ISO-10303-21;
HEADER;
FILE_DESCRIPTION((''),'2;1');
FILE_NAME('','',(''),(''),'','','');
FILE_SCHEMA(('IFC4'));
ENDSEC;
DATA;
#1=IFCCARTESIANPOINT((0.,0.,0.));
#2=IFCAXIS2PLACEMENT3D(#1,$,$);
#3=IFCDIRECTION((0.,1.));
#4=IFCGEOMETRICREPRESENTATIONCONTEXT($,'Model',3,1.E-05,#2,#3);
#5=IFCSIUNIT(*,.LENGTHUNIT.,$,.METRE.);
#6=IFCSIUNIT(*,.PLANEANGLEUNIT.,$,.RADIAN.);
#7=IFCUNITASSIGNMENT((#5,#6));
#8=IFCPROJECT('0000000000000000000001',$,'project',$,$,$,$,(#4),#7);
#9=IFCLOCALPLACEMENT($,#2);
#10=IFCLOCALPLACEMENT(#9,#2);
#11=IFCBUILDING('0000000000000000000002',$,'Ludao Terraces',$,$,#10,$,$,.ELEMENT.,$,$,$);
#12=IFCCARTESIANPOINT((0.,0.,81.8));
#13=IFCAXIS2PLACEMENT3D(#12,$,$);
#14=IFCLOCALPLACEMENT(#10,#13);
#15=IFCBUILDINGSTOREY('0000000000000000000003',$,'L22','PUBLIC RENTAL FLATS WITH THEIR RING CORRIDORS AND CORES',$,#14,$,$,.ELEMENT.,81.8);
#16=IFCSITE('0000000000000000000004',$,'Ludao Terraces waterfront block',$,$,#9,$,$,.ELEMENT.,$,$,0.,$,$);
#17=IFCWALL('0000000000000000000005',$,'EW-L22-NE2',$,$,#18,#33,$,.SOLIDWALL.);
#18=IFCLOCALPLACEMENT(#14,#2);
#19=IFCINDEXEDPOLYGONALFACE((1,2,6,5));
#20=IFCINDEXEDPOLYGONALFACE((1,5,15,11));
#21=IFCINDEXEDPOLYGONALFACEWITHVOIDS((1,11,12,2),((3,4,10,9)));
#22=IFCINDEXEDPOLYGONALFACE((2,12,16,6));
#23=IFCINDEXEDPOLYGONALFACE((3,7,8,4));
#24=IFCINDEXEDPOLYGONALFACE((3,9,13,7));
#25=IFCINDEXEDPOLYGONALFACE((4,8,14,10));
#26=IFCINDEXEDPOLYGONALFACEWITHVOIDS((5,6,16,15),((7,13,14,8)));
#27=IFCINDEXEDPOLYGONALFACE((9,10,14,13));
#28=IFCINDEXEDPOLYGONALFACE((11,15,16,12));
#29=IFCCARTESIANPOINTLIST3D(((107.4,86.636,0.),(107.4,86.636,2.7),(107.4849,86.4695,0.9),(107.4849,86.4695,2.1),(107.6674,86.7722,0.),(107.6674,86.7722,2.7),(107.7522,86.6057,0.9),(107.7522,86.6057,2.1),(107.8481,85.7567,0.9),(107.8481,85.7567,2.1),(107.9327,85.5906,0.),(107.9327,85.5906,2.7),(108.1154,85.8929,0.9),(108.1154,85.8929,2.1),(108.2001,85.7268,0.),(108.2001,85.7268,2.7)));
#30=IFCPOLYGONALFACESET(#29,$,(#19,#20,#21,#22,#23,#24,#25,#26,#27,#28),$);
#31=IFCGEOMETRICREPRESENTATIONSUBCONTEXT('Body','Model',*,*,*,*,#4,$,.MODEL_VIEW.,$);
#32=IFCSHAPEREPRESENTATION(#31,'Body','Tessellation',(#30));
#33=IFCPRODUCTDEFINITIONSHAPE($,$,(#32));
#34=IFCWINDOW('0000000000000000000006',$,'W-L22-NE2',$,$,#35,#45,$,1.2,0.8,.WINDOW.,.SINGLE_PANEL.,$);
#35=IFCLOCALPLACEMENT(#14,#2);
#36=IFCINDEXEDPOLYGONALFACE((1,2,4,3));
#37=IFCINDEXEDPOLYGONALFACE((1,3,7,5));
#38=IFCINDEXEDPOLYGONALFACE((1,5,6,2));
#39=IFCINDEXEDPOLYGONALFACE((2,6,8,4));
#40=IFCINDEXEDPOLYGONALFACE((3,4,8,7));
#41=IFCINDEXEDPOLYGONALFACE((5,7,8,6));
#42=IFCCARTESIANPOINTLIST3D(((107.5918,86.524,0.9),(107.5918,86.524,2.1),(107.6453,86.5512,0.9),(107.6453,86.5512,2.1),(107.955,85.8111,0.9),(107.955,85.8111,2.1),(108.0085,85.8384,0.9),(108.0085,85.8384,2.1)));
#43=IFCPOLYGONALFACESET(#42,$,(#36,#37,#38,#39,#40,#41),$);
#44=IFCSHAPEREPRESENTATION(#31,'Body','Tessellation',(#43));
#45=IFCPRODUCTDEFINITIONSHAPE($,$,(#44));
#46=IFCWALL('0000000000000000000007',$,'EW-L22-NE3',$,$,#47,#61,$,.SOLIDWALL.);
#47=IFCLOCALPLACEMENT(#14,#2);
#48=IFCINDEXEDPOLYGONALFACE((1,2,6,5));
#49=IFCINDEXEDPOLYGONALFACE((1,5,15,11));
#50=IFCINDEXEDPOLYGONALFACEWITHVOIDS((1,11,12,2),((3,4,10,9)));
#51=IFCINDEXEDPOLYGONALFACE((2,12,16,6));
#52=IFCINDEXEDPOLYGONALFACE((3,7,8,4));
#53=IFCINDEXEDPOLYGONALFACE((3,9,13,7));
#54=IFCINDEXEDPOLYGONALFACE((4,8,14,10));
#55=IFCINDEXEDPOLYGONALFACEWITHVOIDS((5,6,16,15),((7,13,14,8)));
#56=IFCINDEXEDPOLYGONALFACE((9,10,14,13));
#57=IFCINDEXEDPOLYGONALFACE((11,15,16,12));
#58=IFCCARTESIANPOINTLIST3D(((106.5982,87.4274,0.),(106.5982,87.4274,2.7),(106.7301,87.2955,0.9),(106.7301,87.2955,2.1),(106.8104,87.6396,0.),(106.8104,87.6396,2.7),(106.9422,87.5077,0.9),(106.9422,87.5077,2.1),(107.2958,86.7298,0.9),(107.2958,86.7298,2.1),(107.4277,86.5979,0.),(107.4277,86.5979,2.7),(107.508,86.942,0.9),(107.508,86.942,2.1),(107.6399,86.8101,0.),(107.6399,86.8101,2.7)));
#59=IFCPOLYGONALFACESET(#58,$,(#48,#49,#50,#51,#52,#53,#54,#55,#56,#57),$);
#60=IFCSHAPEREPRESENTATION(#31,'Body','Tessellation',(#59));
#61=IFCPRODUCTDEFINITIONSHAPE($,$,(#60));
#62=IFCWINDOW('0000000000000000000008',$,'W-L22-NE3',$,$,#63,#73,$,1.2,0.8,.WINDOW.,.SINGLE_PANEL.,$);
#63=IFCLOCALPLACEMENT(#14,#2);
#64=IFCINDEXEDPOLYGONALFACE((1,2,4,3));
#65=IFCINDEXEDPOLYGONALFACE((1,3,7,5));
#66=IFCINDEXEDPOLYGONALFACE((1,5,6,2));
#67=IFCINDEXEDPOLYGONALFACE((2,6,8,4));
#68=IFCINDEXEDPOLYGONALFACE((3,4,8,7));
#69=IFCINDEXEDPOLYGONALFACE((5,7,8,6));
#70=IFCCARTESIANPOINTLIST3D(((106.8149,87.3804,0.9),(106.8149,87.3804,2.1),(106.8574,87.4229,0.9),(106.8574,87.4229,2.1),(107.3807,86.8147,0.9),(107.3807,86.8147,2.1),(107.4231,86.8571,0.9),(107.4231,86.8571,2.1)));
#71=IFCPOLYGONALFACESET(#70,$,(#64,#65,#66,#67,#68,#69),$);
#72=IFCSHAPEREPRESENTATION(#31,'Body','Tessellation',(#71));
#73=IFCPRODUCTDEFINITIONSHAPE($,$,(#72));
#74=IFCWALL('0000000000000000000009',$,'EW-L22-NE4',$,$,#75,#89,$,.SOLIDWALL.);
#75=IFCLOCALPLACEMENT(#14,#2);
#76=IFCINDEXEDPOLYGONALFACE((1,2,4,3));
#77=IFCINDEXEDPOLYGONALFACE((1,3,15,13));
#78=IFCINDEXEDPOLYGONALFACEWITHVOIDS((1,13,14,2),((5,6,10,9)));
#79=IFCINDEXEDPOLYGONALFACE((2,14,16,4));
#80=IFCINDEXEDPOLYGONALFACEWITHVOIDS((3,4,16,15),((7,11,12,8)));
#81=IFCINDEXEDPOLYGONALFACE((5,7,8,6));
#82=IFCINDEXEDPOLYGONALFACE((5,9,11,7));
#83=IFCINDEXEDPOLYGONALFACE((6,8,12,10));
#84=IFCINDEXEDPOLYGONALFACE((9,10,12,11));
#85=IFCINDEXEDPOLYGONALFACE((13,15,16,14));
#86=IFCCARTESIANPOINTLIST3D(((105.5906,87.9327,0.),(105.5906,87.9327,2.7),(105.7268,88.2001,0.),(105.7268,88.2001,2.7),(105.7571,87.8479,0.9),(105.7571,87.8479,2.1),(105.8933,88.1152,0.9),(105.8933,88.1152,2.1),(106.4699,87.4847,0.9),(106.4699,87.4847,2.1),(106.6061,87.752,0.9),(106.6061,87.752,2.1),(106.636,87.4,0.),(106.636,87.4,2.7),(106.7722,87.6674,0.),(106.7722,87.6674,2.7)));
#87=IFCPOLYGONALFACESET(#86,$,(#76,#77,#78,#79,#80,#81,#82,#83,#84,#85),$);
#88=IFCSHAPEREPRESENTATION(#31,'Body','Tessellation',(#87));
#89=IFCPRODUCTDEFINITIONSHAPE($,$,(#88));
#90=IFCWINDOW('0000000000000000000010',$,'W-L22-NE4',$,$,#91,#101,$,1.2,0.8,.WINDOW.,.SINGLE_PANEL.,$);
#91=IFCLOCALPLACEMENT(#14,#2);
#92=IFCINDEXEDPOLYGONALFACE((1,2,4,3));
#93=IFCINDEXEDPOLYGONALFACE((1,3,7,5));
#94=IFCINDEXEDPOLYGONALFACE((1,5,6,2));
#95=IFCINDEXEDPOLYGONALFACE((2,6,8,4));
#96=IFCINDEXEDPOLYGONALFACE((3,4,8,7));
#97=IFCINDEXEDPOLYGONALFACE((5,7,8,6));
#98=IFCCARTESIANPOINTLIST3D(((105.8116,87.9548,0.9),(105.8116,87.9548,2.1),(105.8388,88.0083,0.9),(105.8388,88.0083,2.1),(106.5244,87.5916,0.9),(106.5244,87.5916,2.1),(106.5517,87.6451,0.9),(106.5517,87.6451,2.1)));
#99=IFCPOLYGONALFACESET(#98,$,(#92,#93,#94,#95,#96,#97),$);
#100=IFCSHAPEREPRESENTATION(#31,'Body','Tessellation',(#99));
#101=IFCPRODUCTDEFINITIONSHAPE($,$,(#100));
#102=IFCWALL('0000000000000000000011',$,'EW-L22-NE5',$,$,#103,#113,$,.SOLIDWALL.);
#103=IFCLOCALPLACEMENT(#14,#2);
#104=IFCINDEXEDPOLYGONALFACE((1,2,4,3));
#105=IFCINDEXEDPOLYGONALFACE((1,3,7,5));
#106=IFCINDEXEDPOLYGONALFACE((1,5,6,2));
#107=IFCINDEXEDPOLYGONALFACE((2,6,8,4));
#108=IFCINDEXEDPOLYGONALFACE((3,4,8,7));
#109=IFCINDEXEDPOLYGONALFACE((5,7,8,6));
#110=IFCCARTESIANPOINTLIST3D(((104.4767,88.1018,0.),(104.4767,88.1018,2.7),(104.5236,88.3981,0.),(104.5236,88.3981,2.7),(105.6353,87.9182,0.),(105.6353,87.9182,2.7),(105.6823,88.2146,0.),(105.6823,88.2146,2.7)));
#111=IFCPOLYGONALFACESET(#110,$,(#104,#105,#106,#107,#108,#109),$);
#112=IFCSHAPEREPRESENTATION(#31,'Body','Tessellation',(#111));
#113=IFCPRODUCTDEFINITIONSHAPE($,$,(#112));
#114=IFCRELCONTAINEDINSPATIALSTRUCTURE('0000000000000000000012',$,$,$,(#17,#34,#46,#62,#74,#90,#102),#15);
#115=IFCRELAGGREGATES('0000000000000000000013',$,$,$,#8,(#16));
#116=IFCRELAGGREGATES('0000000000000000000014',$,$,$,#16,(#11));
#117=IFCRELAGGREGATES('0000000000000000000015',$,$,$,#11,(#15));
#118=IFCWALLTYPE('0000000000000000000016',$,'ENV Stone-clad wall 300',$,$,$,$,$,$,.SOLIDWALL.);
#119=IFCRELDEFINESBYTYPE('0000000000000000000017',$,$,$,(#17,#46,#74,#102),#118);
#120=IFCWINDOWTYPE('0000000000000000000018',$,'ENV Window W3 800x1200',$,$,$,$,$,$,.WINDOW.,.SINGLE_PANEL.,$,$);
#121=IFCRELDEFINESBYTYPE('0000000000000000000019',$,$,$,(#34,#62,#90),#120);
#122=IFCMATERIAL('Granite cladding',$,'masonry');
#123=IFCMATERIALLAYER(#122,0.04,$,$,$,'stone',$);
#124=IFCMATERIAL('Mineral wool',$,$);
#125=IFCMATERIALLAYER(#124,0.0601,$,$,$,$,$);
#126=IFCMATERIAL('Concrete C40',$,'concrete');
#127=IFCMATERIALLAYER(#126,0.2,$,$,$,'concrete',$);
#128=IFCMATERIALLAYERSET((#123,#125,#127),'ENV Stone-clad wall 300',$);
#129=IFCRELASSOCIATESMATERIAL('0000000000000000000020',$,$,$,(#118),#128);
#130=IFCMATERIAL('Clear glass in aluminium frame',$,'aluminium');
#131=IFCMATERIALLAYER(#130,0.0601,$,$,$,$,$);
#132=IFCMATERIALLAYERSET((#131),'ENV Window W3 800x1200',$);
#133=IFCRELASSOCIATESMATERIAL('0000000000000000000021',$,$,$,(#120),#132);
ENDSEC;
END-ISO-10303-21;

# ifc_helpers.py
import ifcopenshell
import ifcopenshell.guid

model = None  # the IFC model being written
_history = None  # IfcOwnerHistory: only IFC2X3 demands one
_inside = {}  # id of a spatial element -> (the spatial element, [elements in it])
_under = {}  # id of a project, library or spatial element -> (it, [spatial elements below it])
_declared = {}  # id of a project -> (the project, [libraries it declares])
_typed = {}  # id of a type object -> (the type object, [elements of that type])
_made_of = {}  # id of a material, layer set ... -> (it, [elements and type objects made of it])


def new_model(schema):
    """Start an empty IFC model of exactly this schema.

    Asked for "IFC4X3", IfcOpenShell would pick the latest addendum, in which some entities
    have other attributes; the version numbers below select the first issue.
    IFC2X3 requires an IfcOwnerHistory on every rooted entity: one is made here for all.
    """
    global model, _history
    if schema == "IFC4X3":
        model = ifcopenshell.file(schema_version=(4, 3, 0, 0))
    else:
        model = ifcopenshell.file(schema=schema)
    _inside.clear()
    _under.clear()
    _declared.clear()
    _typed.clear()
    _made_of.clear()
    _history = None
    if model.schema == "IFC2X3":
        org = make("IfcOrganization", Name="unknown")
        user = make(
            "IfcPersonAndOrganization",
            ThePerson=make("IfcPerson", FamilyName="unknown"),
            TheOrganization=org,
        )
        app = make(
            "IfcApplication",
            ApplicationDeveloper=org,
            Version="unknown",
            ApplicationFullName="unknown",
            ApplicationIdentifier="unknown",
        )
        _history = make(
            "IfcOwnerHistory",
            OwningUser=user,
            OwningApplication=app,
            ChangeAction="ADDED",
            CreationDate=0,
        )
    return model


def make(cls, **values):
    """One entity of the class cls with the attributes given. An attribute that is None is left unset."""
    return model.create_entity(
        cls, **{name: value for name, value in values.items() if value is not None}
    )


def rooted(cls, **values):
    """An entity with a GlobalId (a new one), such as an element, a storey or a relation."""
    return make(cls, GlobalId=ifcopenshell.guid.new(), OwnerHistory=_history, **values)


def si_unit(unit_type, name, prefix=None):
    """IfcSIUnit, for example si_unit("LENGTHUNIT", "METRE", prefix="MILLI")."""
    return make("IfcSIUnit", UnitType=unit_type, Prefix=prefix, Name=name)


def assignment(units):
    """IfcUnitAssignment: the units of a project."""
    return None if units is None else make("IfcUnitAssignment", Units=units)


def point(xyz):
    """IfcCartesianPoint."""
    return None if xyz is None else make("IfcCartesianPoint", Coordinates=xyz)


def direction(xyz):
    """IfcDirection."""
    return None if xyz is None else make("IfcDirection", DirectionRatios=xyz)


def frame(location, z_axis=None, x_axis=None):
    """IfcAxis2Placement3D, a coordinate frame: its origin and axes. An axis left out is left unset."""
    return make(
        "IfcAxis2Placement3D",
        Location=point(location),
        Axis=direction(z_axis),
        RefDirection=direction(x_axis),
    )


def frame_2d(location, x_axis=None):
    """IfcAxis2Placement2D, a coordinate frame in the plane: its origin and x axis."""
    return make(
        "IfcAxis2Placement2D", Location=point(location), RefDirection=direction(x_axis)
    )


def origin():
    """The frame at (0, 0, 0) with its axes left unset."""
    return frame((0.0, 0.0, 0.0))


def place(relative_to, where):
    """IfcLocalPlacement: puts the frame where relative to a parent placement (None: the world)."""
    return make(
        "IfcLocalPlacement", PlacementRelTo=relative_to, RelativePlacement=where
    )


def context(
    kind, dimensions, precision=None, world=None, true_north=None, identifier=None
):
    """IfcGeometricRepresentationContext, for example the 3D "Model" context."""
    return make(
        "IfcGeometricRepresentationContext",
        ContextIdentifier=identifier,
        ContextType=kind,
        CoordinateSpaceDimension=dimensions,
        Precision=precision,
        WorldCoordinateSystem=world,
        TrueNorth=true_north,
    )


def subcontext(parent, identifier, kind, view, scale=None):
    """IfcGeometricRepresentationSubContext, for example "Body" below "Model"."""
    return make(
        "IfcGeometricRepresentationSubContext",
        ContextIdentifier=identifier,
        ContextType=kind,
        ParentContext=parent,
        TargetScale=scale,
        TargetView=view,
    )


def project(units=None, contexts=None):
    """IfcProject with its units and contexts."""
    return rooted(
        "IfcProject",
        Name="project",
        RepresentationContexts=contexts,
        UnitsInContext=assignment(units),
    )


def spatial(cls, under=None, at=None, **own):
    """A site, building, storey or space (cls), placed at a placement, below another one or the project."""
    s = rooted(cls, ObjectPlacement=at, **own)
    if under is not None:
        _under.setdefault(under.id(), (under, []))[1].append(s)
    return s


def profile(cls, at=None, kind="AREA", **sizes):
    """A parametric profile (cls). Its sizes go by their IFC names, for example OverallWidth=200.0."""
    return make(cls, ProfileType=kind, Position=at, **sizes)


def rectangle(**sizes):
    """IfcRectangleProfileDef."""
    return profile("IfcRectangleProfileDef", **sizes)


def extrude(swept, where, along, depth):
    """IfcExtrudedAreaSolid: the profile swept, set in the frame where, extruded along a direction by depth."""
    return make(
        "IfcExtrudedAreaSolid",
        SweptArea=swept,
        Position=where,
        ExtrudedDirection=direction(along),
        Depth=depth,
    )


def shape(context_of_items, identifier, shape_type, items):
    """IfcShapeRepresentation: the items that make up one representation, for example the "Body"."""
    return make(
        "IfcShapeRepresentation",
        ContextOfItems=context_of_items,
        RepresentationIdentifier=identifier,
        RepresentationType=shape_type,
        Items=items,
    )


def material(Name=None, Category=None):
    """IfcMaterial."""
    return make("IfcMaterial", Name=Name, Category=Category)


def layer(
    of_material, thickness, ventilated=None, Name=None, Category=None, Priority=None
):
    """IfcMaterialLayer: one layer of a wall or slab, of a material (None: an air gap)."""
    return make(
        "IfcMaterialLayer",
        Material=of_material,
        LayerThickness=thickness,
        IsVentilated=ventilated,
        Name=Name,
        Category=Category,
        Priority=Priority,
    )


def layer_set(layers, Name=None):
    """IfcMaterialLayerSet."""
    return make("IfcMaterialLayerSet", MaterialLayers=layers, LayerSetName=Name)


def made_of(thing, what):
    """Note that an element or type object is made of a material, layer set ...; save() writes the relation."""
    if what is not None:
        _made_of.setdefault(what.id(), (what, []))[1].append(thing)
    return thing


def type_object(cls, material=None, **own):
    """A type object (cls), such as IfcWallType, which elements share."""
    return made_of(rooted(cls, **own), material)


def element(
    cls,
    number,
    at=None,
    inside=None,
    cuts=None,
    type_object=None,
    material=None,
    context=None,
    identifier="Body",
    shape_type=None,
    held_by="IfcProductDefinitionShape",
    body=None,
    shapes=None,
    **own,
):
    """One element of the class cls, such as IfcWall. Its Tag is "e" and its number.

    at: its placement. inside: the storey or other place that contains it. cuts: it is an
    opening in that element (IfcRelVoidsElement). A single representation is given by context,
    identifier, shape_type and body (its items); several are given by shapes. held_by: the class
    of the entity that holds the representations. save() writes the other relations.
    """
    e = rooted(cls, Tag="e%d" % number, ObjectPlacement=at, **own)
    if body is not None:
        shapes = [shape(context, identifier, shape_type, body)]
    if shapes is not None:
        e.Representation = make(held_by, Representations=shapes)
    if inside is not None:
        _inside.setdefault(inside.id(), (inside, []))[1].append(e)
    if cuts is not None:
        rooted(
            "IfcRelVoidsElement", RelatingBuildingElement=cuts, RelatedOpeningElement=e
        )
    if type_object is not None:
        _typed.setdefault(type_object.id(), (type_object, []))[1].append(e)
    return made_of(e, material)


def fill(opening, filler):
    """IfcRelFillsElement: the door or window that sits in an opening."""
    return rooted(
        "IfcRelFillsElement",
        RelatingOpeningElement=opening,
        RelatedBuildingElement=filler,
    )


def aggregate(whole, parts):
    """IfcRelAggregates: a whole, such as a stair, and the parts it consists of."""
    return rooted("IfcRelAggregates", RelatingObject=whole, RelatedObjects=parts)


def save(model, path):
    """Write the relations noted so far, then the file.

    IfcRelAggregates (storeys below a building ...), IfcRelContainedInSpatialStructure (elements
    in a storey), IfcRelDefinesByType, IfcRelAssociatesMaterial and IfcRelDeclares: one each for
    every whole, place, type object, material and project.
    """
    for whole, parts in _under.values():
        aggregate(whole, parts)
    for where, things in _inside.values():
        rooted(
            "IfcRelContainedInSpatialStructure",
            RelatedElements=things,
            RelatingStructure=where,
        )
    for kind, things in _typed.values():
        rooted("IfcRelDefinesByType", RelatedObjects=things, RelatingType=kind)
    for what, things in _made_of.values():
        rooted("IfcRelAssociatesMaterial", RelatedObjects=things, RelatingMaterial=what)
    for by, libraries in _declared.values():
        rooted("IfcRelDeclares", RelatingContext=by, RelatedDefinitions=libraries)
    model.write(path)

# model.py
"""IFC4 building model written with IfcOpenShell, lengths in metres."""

from ifc_helpers import new_model, si_unit, direction, frame, frame_2d, origin, place, context, subcontext, project, spatial, rectangle, extrude, material, layer, layer_set, type_object, element, fill, save


model = new_model("IFC4")

# Units and contexts
model_context = context("Model", 3, precision=1e-05, world=origin(), true_north=direction((0.0, 1.0)))
body_context = subcontext(model_context, "Body", "Model", "MODEL_VIEW")
ifc_project = project(units=[si_unit("LENGTHUNIT", "METRE"), si_unit("PLANEANGLEUNIT", "RADIAN")], contexts=[model_context])

# Site, building, storey
site_placement = place(None, origin())
site = spatial("IfcSite", under=ifc_project, at=site_placement, Name="Ludao Terraces waterfront block", CompositionType="ELEMENT", RefElevation=0.0)
building_placement = place(site_placement, origin())
building = spatial("IfcBuilding", under=site, at=building_placement, Name="Ludao Terraces", CompositionType="ELEMENT")
storey_placement = place(building_placement, frame((0.0, 0.0, 81.8)))
storey = spatial("IfcBuildingStorey", under=building, at=storey_placement, Name="L22", Description="PUBLIC RENTAL FLATS WITH THEIR RING CORRIDORS AND CORES", CompositionType="ELEMENT", Elevation=81.8)

# Shared definitions
ifc_material_1 = material(Name="Concrete C40", Category="concrete")

# Shared definitions
ifc_material_2 = material(Name="Granite cladding", Category="masonry")
ifc_layer_1 = layer(ifc_material_2, 0.04, Category="stone")
ifc_material_3 = material(Name="Mineral wool")
ifc_layer_2 = layer(ifc_material_3, 0.0601)
ifc_layer_3 = layer(ifc_material_1, 0.2, Category="concrete")
ifc_layer_set_1 = layer_set([ifc_layer_1, ifc_layer_2, ifc_layer_3], Name="ENV Stone-clad wall 300")
wall_type_1 = type_object("IfcWallType", Name="ENV Stone-clad wall 300", PredefinedType="SOLIDWALL", material=ifc_layer_set_1)
ifc_material_4 = material(Name="Clear glass in aluminium frame", Category="aluminium")

# Walls, openings, windows
wall_1_placement = place(storey_placement, frame((108.0664, 85.6587, 0.0), z_axis=(0.0, 0.0, 1.0), x_axis=(-0.454026, 0.890989, 0.0)))
wall_1 = element("IfcWall", 1, at=wall_1_placement, inside=storey, type_object=wall_type_1, Name="EW-L22-NE2", PredefinedType="SOLIDWALL", context=body_context, shape_type="SweptSolid", body=[
    extrude(rectangle(XDim=1.1733, YDim=0.3, at=frame_2d((0.5867, 0.0))), origin(), (0.0, 0.0, 1.0), 2.7),
])
opening_1_placement = place(wall_1_placement, frame((0.1865, 0.0, 0.8999)))
opening_1 = element("IfcOpeningElement", 2, at=opening_1_placement, cuts=wall_1, PredefinedType="OPENING", context=body_context, shape_type="SweptSolid", body=[
    extrude(rectangle(XDim=0.8, YDim=1.2, at=frame_2d((0.3999, 0.6001))), frame((0.0, 0.1602, 0.0), z_axis=(0.0, -1.0, 0.0), x_axis=(1.0, 0.0, 0.0)), (0.0, 0.0, 1.0), 0.3201),
])
ifc_layer_4 = layer(ifc_material_4, 0.0601)
ifc_layer_set_2 = layer_set([ifc_layer_4], Name="ENV Window W3 800x1200")
window_type_1 = type_object("IfcWindowType", Name="ENV Window W3 800x1200", PartitioningType="SINGLE_PANEL", PredefinedType="WINDOW", material=ifc_layer_set_2)
window_1_placement = place(opening_1_placement, origin())
window_1 = element("IfcWindow", 3, at=window_1_placement, inside=storey, type_object=window_type_1, Name="W-L22-NE2", OverallHeight=1.2, OverallWidth=0.8, PartitioningType="SINGLE_PANEL", PredefinedType="WINDOW", context=body_context, shape_type="SweptSolid", body=[
    extrude(rectangle(XDim=0.8, YDim=1.2, at=frame_2d((0.3999, 0.6001))), frame((0.0, 0.03, 0.0), z_axis=(0.0, -1.0, 0.0), x_axis=(1.0, 0.0, 0.0)), (0.0, 0.0, 1.0), 0.0601),
])
fill(opening_1, window_1)
wall_2_placement = place(storey_placement, frame((107.5337, 86.7041, 0.0), z_axis=(0.0, 0.0, 1.0), x_axis=(-0.707107, 0.707107, 0.0)))
wall_2 = element("IfcWall", 4, at=wall_2_placement, inside=storey, type_object=wall_type_1, Name="EW-L22-NE3", PredefinedType="SOLIDWALL", context=body_context, shape_type="SweptSolid", body=[
    extrude(rectangle(XDim=1.1731, YDim=0.3, at=frame_2d((0.5864, 0.0))), origin(), (0.0, 0.0, 1.0), 2.7),
])
opening_2_placement = place(wall_2_placement, frame((0.1865, 0.0, 0.8999)))
opening_2 = element("IfcOpeningElement", 5, at=opening_2_placement, cuts=wall_2, PredefinedType="OPENING", context=body_context, shape_type="SweptSolid", body=[
    extrude(rectangle(XDim=0.8, YDim=1.2, at=frame_2d((0.3999, 0.6001))), frame((0.0, 0.1602, 0.0), z_axis=(0.0, -1.0, 0.0), x_axis=(1.0, 0.0, 0.0)), (0.0, 0.0, 1.0), 0.3201),
])
window_2_placement = place(opening_2_placement, origin())
window_2 = element("IfcWindow", 6, at=window_2_placement, inside=storey, type_object=window_type_1, Name="W-L22-NE3", OverallHeight=1.2, OverallWidth=0.8, PartitioningType="SINGLE_PANEL", PredefinedType="WINDOW", context=body_context, shape_type="SweptSolid", body=[
    extrude(rectangle(XDim=0.8, YDim=1.2, at=frame_2d((0.3999, 0.6001))), frame((0.0, 0.03, 0.0), z_axis=(0.0, -1.0, 0.0), x_axis=(1.0, 0.0, 0.0)), (0.0, 0.0, 1.0), 0.0601),
])
fill(opening_2, window_2)
wall_3_placement = place(storey_placement, frame((106.7041, 87.5337, 0.0), z_axis=(0.0, 0.0, 1.0), x_axis=(-0.890989, 0.454026, 0.0)))
wall_3 = element("IfcWall", 7, at=wall_3_placement, inside=storey, type_object=wall_type_1, Name="EW-L22-NE4", PredefinedType="SOLIDWALL", context=body_context, shape_type="SweptSolid", body=[
    extrude(rectangle(XDim=1.1733, YDim=0.3, at=frame_2d((0.5867, 0.0))), origin(), (0.0, 0.0, 1.0), 2.7),
])
opening_3_placement = place(wall_3_placement, frame((0.1865, 0.0, 0.8999)))
opening_3 = element("IfcOpeningElement", 8, at=opening_3_placement, cuts=wall_3, PredefinedType="OPENING", context=body_context, shape_type="SweptSolid", body=[
    extrude(rectangle(XDim=0.8, YDim=1.2, at=frame_2d((0.3999, 0.6001))), frame((0.0, 0.1602, 0.0), z_axis=(0.0, -1.0, 0.0), x_axis=(1.0, 0.0, 0.0)), (0.0, 0.0, 1.0), 0.3201),
])
window_3_placement = place(opening_3_placement, origin())
window_3 = element("IfcWindow", 9, at=window_3_placement, inside=storey, type_object=window_type_1, Name="W-L22-NE4", OverallHeight=1.2, OverallWidth=0.8, PartitioningType="SINGLE_PANEL", PredefinedType="WINDOW", context=body_context, shape_type="SweptSolid", body=[
    extrude(rectangle(XDim=0.8, YDim=1.2, at=frame_2d((0.3999, 0.6001))), frame((0.0, 0.03, 0.0), z_axis=(0.0, -1.0, 0.0), x_axis=(1.0, 0.0, 0.0)), (0.0, 0.0, 1.0), 0.0601),
])
fill(opening_3, window_3)

# Wall
wall_4_placement = place(storey_placement, frame((105.6587, 88.0664, 0.0), z_axis=(0.0, 0.0, 1.0), x_axis=(-0.987678, 0.156497, 0.0)))
element("IfcWall", 10, at=wall_4_placement, inside=storey, type_object=wall_type_1, Name="EW-L22-NE5", PredefinedType="SOLIDWALL", context=body_context, shape_type="SweptSolid", body=[
    extrude(rectangle(XDim=1.1731, YDim=0.3, at=frame_2d((0.5864, 0.0))), origin(), (0.0, 0.0, 1.0), 2.7),
])

save(model, "model.ifc")
